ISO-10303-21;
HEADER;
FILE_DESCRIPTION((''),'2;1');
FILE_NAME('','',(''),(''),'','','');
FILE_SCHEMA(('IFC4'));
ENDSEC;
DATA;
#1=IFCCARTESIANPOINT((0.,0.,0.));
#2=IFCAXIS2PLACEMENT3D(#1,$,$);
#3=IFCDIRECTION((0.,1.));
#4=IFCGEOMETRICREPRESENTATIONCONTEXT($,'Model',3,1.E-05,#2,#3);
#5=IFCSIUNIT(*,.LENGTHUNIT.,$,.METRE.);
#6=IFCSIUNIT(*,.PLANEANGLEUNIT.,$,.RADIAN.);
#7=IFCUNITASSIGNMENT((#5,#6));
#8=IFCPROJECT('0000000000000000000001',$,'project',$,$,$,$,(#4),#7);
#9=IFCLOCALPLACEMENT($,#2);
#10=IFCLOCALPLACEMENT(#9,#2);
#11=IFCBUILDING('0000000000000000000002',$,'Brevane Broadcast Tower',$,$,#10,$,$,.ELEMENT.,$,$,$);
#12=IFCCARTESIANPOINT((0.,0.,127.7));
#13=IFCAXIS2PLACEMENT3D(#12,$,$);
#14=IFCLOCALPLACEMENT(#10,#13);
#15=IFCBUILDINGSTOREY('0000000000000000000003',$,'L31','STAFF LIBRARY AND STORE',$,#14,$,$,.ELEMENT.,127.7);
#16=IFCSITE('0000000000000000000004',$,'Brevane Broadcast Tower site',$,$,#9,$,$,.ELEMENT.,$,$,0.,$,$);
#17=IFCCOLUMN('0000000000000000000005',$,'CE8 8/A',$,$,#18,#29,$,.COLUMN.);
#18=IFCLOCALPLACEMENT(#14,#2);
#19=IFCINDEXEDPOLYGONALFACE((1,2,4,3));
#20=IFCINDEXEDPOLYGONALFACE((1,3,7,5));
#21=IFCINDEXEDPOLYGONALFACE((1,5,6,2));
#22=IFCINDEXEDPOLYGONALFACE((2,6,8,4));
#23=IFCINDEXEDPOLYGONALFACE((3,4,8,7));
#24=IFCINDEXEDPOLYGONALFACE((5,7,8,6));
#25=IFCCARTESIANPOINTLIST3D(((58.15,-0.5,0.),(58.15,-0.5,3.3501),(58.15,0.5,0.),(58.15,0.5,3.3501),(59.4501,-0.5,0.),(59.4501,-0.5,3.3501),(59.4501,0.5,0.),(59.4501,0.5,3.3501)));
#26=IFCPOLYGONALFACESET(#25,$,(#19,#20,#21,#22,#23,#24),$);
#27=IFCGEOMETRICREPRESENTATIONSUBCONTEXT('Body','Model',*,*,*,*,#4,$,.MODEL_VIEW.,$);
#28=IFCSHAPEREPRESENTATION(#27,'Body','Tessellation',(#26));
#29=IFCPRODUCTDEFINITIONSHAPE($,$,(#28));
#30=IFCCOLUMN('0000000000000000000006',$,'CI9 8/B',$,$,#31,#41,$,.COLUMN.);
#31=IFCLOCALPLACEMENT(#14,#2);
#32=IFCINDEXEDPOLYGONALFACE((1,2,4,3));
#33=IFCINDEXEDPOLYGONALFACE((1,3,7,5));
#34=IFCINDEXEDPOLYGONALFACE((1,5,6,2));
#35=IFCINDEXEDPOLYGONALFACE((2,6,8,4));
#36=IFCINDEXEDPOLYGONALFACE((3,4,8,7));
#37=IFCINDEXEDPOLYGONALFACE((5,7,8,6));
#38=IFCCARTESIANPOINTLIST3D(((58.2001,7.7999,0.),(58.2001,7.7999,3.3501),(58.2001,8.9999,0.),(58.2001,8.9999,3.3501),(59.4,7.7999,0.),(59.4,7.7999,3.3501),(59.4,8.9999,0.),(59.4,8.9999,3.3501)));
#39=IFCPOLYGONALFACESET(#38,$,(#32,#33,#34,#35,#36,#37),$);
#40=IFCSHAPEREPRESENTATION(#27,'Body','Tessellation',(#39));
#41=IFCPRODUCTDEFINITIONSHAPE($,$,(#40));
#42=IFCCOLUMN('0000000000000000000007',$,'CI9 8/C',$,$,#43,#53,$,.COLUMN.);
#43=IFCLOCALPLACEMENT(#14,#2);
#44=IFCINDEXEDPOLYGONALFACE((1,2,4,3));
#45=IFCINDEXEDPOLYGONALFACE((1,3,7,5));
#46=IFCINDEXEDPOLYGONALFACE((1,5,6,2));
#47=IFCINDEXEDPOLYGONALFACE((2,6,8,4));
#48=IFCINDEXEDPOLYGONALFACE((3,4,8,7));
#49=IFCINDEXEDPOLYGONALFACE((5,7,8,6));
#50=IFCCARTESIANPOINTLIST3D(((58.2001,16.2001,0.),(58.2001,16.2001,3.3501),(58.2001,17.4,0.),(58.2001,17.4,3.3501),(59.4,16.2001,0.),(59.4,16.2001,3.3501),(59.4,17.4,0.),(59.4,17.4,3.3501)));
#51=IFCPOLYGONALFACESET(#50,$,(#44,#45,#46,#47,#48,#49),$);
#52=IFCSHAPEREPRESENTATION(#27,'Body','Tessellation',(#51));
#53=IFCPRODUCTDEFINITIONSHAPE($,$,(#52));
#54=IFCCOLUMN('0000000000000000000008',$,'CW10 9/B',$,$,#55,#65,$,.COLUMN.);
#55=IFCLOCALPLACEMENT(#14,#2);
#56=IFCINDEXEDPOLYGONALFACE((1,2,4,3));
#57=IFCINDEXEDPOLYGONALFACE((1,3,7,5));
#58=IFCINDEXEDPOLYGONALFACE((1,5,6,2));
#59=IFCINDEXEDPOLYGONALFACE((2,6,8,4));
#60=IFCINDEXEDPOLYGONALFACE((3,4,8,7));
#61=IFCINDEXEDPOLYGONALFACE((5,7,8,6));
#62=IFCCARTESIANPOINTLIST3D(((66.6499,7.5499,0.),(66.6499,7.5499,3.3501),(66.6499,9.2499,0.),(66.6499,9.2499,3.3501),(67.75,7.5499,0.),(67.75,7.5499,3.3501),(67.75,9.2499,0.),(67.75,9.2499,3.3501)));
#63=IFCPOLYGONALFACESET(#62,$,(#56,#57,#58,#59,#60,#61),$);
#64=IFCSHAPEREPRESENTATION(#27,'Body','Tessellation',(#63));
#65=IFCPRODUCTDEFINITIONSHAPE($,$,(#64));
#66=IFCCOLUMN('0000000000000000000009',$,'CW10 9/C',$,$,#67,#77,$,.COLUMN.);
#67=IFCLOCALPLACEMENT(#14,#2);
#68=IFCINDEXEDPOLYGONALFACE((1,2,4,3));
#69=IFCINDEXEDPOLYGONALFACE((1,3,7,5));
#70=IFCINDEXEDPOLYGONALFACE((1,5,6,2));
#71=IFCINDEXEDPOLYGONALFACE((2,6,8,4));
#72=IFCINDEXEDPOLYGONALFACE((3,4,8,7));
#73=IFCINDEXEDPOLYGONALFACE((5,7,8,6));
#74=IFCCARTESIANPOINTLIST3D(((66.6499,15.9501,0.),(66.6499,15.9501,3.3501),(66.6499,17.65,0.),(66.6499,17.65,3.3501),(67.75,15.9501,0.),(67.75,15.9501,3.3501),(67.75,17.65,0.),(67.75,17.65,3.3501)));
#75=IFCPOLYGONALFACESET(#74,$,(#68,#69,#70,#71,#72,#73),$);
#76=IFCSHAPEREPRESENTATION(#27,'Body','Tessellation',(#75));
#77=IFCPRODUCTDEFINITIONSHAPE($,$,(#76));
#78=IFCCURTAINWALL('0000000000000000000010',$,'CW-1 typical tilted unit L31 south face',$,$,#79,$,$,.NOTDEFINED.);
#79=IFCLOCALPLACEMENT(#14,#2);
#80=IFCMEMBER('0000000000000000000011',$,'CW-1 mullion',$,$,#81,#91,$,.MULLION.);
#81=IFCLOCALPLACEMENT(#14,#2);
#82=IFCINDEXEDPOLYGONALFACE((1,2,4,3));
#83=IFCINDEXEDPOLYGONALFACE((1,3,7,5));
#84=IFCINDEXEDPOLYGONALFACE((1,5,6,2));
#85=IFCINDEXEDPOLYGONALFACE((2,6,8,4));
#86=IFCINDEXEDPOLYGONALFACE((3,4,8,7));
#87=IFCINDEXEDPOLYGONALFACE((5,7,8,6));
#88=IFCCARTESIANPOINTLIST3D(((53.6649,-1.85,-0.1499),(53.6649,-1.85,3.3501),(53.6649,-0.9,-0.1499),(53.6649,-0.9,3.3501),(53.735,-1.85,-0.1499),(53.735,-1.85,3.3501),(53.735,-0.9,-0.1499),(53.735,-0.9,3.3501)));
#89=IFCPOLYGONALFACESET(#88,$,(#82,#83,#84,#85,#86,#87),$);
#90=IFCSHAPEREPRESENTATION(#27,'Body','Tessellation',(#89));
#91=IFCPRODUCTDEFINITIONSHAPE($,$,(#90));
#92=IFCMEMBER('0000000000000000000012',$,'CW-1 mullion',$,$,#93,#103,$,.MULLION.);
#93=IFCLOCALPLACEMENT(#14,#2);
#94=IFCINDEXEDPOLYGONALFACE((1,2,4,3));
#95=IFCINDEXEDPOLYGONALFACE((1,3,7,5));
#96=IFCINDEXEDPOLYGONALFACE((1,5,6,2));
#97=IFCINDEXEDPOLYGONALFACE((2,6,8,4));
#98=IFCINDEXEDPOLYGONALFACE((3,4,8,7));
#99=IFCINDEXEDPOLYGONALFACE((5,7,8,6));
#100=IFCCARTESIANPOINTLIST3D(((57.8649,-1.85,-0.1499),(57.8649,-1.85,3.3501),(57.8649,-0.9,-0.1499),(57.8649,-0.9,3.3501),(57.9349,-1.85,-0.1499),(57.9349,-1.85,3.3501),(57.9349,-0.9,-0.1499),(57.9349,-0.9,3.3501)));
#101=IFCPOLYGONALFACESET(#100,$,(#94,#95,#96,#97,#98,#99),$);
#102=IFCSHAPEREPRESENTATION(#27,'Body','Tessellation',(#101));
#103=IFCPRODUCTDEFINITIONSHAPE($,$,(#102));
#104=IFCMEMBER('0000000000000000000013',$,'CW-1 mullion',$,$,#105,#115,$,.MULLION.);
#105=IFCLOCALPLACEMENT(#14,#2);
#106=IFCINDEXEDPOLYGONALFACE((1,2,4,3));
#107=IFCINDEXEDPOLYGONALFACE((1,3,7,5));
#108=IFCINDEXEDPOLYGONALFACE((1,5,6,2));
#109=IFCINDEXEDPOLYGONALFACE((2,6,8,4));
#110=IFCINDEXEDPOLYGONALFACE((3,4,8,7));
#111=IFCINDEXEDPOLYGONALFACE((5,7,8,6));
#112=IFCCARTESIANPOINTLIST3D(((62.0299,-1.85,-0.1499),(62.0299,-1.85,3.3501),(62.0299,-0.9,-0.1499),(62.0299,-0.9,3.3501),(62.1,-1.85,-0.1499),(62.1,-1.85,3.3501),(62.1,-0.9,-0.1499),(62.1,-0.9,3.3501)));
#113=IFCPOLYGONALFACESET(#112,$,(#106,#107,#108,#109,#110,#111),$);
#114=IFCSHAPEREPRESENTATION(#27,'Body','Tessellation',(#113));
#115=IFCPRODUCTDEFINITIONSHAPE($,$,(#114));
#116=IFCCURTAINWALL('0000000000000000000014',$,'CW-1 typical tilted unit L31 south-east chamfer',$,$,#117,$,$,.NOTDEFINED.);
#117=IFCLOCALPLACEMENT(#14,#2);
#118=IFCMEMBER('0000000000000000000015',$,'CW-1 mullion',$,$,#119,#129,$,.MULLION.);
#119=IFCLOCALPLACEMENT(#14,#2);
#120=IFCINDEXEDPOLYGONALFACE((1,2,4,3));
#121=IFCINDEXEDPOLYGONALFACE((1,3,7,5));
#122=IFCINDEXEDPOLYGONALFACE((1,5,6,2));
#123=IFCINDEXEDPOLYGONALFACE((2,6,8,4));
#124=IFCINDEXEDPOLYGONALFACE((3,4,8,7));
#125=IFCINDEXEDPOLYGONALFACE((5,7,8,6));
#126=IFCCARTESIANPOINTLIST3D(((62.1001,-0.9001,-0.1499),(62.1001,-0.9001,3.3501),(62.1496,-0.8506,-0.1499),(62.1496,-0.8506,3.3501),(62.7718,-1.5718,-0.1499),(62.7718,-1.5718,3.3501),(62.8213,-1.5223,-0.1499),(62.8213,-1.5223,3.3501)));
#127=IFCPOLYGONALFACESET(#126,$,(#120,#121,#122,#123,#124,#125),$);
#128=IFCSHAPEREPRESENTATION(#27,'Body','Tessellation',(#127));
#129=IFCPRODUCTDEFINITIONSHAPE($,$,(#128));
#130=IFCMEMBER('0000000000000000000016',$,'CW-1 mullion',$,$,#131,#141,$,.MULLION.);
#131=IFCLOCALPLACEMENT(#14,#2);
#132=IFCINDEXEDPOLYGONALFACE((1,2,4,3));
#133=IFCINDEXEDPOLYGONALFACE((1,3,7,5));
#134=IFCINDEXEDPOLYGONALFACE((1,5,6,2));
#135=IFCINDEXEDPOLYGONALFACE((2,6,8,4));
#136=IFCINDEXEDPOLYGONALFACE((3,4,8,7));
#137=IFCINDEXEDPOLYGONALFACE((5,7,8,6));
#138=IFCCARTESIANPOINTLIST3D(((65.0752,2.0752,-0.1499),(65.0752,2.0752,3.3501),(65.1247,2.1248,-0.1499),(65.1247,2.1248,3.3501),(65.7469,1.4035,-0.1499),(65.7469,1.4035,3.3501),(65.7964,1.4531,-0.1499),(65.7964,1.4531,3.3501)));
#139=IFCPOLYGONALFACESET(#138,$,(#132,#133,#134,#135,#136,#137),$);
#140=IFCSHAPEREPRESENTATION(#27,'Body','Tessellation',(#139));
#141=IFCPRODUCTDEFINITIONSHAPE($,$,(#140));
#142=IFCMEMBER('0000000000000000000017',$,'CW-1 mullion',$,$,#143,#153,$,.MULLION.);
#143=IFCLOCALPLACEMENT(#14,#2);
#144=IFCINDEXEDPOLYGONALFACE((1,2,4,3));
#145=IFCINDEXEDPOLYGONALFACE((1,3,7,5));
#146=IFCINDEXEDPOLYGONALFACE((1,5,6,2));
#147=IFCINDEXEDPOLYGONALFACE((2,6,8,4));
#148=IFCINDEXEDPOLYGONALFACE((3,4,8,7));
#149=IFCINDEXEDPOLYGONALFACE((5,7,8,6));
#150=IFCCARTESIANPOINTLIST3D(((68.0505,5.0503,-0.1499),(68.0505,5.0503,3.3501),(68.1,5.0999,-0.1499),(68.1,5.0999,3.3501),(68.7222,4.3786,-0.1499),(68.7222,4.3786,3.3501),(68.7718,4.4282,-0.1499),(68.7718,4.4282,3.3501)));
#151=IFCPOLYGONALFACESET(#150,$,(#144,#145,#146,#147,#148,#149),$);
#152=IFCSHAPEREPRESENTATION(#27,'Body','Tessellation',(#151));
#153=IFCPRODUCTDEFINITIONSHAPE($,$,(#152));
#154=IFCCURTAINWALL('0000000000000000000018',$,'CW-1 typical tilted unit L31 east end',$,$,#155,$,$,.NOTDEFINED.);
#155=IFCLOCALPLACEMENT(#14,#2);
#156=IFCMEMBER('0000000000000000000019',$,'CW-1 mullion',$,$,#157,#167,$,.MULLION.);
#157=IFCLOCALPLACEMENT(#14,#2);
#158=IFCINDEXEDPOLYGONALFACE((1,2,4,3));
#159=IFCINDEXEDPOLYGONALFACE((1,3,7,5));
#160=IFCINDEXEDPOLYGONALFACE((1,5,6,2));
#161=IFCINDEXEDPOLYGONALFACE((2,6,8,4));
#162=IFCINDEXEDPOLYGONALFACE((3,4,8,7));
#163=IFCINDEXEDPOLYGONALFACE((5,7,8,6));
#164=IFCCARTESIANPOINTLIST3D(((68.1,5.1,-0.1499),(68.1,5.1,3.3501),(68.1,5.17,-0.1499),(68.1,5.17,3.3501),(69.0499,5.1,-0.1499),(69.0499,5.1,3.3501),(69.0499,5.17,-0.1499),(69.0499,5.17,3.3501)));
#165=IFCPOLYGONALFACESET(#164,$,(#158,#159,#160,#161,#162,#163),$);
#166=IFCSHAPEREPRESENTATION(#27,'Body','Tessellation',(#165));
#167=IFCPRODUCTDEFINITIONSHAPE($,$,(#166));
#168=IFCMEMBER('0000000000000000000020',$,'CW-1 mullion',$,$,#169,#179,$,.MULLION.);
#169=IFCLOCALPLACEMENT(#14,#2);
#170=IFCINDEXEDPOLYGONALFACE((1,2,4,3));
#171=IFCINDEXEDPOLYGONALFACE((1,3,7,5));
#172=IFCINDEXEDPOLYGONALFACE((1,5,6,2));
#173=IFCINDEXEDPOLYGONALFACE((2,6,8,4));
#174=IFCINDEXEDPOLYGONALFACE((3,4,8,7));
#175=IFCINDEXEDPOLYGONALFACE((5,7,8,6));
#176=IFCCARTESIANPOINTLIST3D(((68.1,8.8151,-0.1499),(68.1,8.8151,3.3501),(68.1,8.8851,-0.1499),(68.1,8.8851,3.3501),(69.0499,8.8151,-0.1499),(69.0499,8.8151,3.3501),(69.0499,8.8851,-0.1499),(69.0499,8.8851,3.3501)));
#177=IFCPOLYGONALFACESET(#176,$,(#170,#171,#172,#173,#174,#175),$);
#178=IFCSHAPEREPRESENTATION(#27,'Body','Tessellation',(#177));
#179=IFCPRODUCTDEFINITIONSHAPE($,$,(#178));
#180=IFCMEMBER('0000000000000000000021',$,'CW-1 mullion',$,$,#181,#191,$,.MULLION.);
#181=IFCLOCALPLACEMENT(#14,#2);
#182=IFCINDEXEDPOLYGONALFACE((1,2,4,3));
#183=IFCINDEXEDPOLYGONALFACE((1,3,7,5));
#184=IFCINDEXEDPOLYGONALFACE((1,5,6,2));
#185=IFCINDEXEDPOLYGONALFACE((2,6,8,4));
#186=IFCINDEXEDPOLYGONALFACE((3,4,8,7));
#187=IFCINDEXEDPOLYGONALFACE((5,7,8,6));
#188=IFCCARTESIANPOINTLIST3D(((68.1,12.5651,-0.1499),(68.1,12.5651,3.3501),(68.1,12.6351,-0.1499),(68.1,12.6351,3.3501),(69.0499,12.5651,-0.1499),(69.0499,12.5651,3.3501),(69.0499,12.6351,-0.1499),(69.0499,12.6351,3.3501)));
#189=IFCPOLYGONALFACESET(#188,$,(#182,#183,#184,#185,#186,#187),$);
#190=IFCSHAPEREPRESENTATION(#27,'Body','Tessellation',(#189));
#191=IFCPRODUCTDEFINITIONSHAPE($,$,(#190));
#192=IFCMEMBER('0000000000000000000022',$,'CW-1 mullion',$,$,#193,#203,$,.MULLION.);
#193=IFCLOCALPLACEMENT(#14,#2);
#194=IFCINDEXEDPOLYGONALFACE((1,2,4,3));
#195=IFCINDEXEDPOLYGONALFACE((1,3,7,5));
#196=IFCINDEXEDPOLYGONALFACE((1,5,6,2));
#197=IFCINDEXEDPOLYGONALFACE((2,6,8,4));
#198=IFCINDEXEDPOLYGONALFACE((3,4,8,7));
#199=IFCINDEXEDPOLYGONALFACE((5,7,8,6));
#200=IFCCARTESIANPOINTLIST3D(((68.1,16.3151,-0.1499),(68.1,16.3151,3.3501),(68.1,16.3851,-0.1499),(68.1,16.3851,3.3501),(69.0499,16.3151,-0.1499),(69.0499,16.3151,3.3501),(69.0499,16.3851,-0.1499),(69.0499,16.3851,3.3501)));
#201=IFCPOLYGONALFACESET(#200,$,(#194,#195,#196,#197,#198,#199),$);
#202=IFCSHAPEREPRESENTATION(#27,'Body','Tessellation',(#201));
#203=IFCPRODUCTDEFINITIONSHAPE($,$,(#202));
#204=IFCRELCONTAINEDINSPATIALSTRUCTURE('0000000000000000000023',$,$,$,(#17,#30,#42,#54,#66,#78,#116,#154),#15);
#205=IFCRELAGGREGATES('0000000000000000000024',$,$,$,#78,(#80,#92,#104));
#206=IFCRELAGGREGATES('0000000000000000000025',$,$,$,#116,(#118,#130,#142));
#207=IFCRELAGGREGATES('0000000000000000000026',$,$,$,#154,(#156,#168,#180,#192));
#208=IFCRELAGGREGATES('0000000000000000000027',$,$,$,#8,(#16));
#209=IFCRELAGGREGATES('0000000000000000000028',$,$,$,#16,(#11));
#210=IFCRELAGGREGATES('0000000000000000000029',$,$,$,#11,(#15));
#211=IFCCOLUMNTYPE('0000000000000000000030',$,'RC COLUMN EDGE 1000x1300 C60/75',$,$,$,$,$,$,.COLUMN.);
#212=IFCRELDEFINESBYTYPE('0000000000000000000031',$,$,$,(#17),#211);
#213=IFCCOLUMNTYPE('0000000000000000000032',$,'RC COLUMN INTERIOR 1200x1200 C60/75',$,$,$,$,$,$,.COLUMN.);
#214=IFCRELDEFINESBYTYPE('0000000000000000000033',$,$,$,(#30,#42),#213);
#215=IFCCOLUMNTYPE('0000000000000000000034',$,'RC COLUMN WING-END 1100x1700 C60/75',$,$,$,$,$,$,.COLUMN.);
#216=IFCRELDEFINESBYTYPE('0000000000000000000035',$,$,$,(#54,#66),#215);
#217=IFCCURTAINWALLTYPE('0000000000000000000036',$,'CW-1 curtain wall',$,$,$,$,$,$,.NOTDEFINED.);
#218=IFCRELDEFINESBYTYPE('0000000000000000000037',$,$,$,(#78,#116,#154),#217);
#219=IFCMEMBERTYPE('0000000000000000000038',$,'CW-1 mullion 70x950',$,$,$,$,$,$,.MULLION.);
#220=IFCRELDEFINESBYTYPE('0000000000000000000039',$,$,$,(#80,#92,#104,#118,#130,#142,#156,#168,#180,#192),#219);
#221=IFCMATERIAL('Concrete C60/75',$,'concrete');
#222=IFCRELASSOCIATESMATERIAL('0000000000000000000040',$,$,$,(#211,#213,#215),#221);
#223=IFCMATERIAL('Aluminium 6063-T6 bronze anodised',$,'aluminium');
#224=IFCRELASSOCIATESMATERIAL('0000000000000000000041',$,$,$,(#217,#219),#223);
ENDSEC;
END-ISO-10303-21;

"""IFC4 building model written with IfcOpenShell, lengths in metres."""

from ifc_helpers import new_model, si_unit, direction, frame, origin, origin_2d, place, context, subcontext, project, spatial, rectangle, extrude, material, material_profile, profile_set, type_object, element, aggregate, save


model = new_model("IFC4")

# Units and contexts
model_context = context("Model", 3, precision=1e-05, world=origin(), true_north=direction((0.0, 1.0)))
body_context = subcontext(model_context, "Body", "Model", "MODEL_VIEW")
ifc_project = project(units=[si_unit("LENGTHUNIT", "METRE"), si_unit("PLANEANGLEUNIT", "RADIAN")], contexts=[model_context])

# Site, building, storey
site_placement = place(None, origin())
site = spatial("IfcSite", under=ifc_project, at=site_placement, Name="Brevane Broadcast Tower site", CompositionType="ELEMENT", RefElevation=0.0)
building_placement = place(site_placement, origin())
building = spatial("IfcBuilding", under=site, at=building_placement, Name="Brevane Broadcast Tower", CompositionType="ELEMENT")
storey_placement = place(building_placement, frame((0.0, 0.0, 127.7)))
storey = spatial("IfcBuildingStorey", under=building, at=storey_placement, Name="L31", Description="STAFF LIBRARY AND STORE", CompositionType="ELEMENT", Elevation=127.7)

# Columns
ifc_material_1 = material(Name="Concrete C60/75", Category="concrete")
ifc_material_profile_1 = material_profile(ifc_material_1, rectangle(XDim=1.0, YDim=1.3, at=origin_2d()), Name="RC 1000x1300")
ifc_profile_set_1 = profile_set([ifc_material_profile_1], Name="Concrete C60/75")
column_type_1 = type_object("IfcColumnType", Name="RC COLUMN EDGE 1000x1300 C60/75", PredefinedType="COLUMN", material=ifc_profile_set_1)
column_placement = place(storey_placement, frame((58.8, 0.0, 0.0), z_axis=(0.0, 0.0, 1.0), x_axis=(0.0, 1.0, 0.0)))
element("IfcColumn", 1, at=column_placement, inside=storey, type_object=column_type_1, Name="CE8 8/A", PredefinedType="COLUMN", context=body_context, shape_type="SweptSolid", body=[
    extrude(rectangle(XDim=1.0, YDim=1.3, at=origin_2d()), origin(), (0.0, 0.0, 1.0), 3.3501),
])
ifc_material_profile_2 = material_profile(ifc_material_1, rectangle(XDim=1.2, YDim=1.2, at=origin_2d()), Name="RC 1200x1200")
ifc_profile_set_2 = profile_set([ifc_material_profile_2], Name="Concrete C60/75")
column_type_2 = type_object("IfcColumnType", Name="RC COLUMN INTERIOR 1200x1200 C60/75", PredefinedType="COLUMN", material=ifc_profile_set_2)
for number, where, z_axis, x_axis, name in (
    (2, (58.8, 8.3999, 0.0), (0.0, 0.0, 1.0), (1.0, 0.0, 0.0), "CI9 8/B"),
    (3, (58.8, 16.8, 0.0), (0.0, 0.0, 1.0), (1.0, 0.0, 0.0), "CI9 8/C"),
):
    element("IfcColumn", number, at=place(storey_placement, frame(where, z_axis=z_axis, x_axis=x_axis)), inside=storey, type_object=column_type_2, Name=name, PredefinedType="COLUMN", context=body_context, shape_type="SweptSolid", body=[
        extrude(rectangle(XDim=1.2, YDim=1.2, at=origin_2d()), origin(), (0.0, 0.0, 1.0), 3.3501),
    ])
ifc_material_profile_3 = material_profile(ifc_material_1, rectangle(XDim=1.1001, YDim=1.7, at=origin_2d()), Name="RC 1100x1700")
ifc_profile_set_3 = profile_set([ifc_material_profile_3], Name="Concrete C60/75")
column_type_3 = type_object("IfcColumnType", Name="RC COLUMN WING-END 1100x1700 C60/75", PredefinedType="COLUMN", material=ifc_profile_set_3)
for number, where, z_axis, x_axis, name in (
    (4, (67.2, 8.3999, 0.0), (0.0, 0.0, 1.0), (1.0, 0.0, 0.0), "CW10 9/B"),
    (5, (67.2, 16.8, 0.0), (0.0, 0.0, 1.0), (1.0, 0.0, 0.0), "CW10 9/C"),
):
    element("IfcColumn", number, at=place(storey_placement, frame(where, z_axis=z_axis, x_axis=x_axis)), inside=storey, type_object=column_type_3, Name=name, PredefinedType="COLUMN", context=body_context, shape_type="SweptSolid", body=[
        extrude(rectangle(XDim=1.1001, YDim=1.7, at=origin_2d()), origin(), (0.0, 0.0, 1.0), 3.3501),
    ])

# Curtain walls, members
ifc_material_2 = material(Name="Aluminium 6063-T6 bronze anodised", Category="aluminium")
curtain_wall_type = type_object("IfcCurtainWallType", Name="CW-1 curtain wall", PredefinedType="NOTDEFINED", material=ifc_material_2)
curtain_wall_1_placement = place(storey_placement, origin())
curtain_wall_1 = element("IfcCurtainWall", 6, at=curtain_wall_1_placement, inside=storey, type_object=curtain_wall_type, Name="CW-1 typical tilted unit L31 south face", PredefinedType="NOTDEFINED")
ifc_material_profile_4 = material_profile(ifc_material_2, rectangle(XDim=0.95, YDim=0.0701, at=origin_2d()), Name="RECT 70x950")
ifc_profile_set_4 = profile_set([ifc_material_profile_4], Name="Aluminium 6063-T6 bronze anodised")
member_type_1 = type_object("IfcMemberType", Name="CW-1 mullion 70x950", PredefinedType="MULLION", material=ifc_profile_set_4)
member_1_placement = place(storey_placement, frame((53.7, -1.375, -0.1499), z_axis=(0.0, 0.0, 1.0), x_axis=(0.0, 1.0, 0.0)))
member_1 = element("IfcMember", 7, at=member_1_placement, type_object=member_type_1, Name="CW-1 mullion", PredefinedType="MULLION", context=body_context, shape_type="SweptSolid", body=[
    extrude(rectangle(XDim=0.95, YDim=0.0701, at=origin_2d()), origin(), (0.0, 0.0, 1.0), 3.5),
])
member_2_placement = place(storey_placement, frame((57.8999, -1.375, -0.1499), z_axis=(0.0, 0.0, 1.0), x_axis=(0.0, 1.0, 0.0)))
member_2 = element("IfcMember", 8, at=member_2_placement, type_object=member_type_1, Name="CW-1 mullion", PredefinedType="MULLION", context=body_context, shape_type="SweptSolid", body=[
    extrude(rectangle(XDim=0.95, YDim=0.0701, at=origin_2d()), origin(), (0.0, 0.0, 1.0), 3.5),
])
member_3_placement = place(storey_placement, frame((62.0649, -1.375, -0.1499), z_axis=(0.0, 0.0, 1.0), x_axis=(0.0, 1.0, 0.0)))
member_3 = element("IfcMember", 9, at=member_3_placement, type_object=member_type_1, Name="CW-1 mullion", PredefinedType="MULLION", context=body_context, shape_type="SweptSolid", body=[
    extrude(rectangle(XDim=0.95, YDim=0.0701, at=origin_2d()), origin(), (0.0, 0.0, 1.0), 3.5),
])
aggregate(curtain_wall_1, [member_1, member_2, member_3])
curtain_wall_2_placement = place(storey_placement, origin())
curtain_wall_2 = element("IfcCurtainWall", 10, at=curtain_wall_2_placement, inside=storey, type_object=curtain_wall_type, Name="CW-1 typical tilted unit L31 south-east chamfer", PredefinedType="NOTDEFINED")
member_4_placement = place(storey_placement, frame((62.4607, -1.2112, -0.1499), z_axis=(0.0, 0.0, 1.0), x_axis=(-0.707107, 0.707107, 0.0)))
member_4 = element("IfcMember", 11, at=member_4_placement, type_object=member_type_1, Name="CW-1 mullion", PredefinedType="MULLION", context=body_context, shape_type="SweptSolid", body=[
    extrude(rectangle(XDim=0.95, YDim=0.0701, at=origin_2d()), origin(), (0.0, 0.0, 1.0), 3.5),
])
member_5_placement = place(storey_placement, frame((65.4358, 1.7642, -0.1499), z_axis=(0.0, 0.0, 1.0), x_axis=(-0.707107, 0.707107, 0.0)))
member_5 = element("IfcMember", 12, at=member_5_placement, type_object=member_type_1, Name="CW-1 mullion", PredefinedType="MULLION", context=body_context, shape_type="SweptSolid", body=[
    extrude(rectangle(XDim=0.95, YDim=0.0701, at=origin_2d()), origin(), (0.0, 0.0, 1.0), 3.5),
])
member_6_placement = place(storey_placement, frame((68.4111, 4.7393, -0.1499), z_axis=(0.0, 0.0, 1.0), x_axis=(-0.707107, 0.707107, 0.0)))
member_6 = element("IfcMember", 13, at=member_6_placement, type_object=member_type_1, Name="CW-1 mullion", PredefinedType="MULLION", context=body_context, shape_type="SweptSolid", body=[
    extrude(rectangle(XDim=0.95, YDim=0.0701, at=origin_2d()), origin(), (0.0, 0.0, 1.0), 3.5),
])
curtain_wall_3_placement = place(storey_placement, origin())
curtain_wall_3 = element("IfcCurtainWall", 14, at=curtain_wall_3_placement, inside=storey, type_object=curtain_wall_type, Name="CW-1 typical tilted unit L31 east end", PredefinedType="NOTDEFINED")
member_7_placement = place(storey_placement, frame((68.575, 5.135, -0.1499), z_axis=(0.0, 0.0, 1.0), x_axis=(-1.0, 0.0, 0.0)))
member_7 = element("IfcMember", 15, at=member_7_placement, type_object=member_type_1, Name="CW-1 mullion", PredefinedType="MULLION", context=body_context, shape_type="SweptSolid", body=[
    extrude(rectangle(XDim=0.95, YDim=0.0701, at=origin_2d()), origin(), (0.0, 0.0, 1.0), 3.5),
])
member_8_placement = place(storey_placement, frame((68.575, 8.8501, -0.1499), z_axis=(0.0, 0.0, 1.0), x_axis=(-1.0, 0.0, 0.0)))
member_8 = element("IfcMember", 16, at=member_8_placement, type_object=member_type_1, Name="CW-1 mullion", PredefinedType="MULLION", context=body_context, shape_type="SweptSolid", body=[
    extrude(rectangle(XDim=0.95, YDim=0.0701, at=origin_2d()), origin(), (0.0, 0.0, 1.0), 3.5),
])
member_9_placement = place(storey_placement, frame((68.575, 12.6001, -0.1499), z_axis=(0.0, 0.0, 1.0), x_axis=(-1.0, 0.0, 0.0)))
member_9 = element("IfcMember", 17, at=member_9_placement, type_object=member_type_1, Name="CW-1 mullion", PredefinedType="MULLION", context=body_context, shape_type="SweptSolid", body=[
    extrude(rectangle(XDim=0.95, YDim=0.0701, at=origin_2d()), origin(), (0.0, 0.0, 1.0), 3.5),
])
member_10_placement = place(storey_placement, frame((68.575, 16.3501, -0.1499), z_axis=(0.0, 0.0, 1.0), x_axis=(-1.0, 0.0, 0.0)))
member_10 = element("IfcMember", 18, at=member_10_placement, type_object=member_type_1, Name="CW-1 mullion", PredefinedType="MULLION", context=body_context, shape_type="SweptSolid", body=[
    extrude(rectangle(XDim=0.95, YDim=0.0701, at=origin_2d()), origin(), (0.0, 0.0, 1.0), 3.5),
])

aggregate(curtain_wall_2, [member_4, member_5, member_6])
aggregate(curtain_wall_3, [member_7, member_8, member_9, member_10])

save(model, "model.ifc")
